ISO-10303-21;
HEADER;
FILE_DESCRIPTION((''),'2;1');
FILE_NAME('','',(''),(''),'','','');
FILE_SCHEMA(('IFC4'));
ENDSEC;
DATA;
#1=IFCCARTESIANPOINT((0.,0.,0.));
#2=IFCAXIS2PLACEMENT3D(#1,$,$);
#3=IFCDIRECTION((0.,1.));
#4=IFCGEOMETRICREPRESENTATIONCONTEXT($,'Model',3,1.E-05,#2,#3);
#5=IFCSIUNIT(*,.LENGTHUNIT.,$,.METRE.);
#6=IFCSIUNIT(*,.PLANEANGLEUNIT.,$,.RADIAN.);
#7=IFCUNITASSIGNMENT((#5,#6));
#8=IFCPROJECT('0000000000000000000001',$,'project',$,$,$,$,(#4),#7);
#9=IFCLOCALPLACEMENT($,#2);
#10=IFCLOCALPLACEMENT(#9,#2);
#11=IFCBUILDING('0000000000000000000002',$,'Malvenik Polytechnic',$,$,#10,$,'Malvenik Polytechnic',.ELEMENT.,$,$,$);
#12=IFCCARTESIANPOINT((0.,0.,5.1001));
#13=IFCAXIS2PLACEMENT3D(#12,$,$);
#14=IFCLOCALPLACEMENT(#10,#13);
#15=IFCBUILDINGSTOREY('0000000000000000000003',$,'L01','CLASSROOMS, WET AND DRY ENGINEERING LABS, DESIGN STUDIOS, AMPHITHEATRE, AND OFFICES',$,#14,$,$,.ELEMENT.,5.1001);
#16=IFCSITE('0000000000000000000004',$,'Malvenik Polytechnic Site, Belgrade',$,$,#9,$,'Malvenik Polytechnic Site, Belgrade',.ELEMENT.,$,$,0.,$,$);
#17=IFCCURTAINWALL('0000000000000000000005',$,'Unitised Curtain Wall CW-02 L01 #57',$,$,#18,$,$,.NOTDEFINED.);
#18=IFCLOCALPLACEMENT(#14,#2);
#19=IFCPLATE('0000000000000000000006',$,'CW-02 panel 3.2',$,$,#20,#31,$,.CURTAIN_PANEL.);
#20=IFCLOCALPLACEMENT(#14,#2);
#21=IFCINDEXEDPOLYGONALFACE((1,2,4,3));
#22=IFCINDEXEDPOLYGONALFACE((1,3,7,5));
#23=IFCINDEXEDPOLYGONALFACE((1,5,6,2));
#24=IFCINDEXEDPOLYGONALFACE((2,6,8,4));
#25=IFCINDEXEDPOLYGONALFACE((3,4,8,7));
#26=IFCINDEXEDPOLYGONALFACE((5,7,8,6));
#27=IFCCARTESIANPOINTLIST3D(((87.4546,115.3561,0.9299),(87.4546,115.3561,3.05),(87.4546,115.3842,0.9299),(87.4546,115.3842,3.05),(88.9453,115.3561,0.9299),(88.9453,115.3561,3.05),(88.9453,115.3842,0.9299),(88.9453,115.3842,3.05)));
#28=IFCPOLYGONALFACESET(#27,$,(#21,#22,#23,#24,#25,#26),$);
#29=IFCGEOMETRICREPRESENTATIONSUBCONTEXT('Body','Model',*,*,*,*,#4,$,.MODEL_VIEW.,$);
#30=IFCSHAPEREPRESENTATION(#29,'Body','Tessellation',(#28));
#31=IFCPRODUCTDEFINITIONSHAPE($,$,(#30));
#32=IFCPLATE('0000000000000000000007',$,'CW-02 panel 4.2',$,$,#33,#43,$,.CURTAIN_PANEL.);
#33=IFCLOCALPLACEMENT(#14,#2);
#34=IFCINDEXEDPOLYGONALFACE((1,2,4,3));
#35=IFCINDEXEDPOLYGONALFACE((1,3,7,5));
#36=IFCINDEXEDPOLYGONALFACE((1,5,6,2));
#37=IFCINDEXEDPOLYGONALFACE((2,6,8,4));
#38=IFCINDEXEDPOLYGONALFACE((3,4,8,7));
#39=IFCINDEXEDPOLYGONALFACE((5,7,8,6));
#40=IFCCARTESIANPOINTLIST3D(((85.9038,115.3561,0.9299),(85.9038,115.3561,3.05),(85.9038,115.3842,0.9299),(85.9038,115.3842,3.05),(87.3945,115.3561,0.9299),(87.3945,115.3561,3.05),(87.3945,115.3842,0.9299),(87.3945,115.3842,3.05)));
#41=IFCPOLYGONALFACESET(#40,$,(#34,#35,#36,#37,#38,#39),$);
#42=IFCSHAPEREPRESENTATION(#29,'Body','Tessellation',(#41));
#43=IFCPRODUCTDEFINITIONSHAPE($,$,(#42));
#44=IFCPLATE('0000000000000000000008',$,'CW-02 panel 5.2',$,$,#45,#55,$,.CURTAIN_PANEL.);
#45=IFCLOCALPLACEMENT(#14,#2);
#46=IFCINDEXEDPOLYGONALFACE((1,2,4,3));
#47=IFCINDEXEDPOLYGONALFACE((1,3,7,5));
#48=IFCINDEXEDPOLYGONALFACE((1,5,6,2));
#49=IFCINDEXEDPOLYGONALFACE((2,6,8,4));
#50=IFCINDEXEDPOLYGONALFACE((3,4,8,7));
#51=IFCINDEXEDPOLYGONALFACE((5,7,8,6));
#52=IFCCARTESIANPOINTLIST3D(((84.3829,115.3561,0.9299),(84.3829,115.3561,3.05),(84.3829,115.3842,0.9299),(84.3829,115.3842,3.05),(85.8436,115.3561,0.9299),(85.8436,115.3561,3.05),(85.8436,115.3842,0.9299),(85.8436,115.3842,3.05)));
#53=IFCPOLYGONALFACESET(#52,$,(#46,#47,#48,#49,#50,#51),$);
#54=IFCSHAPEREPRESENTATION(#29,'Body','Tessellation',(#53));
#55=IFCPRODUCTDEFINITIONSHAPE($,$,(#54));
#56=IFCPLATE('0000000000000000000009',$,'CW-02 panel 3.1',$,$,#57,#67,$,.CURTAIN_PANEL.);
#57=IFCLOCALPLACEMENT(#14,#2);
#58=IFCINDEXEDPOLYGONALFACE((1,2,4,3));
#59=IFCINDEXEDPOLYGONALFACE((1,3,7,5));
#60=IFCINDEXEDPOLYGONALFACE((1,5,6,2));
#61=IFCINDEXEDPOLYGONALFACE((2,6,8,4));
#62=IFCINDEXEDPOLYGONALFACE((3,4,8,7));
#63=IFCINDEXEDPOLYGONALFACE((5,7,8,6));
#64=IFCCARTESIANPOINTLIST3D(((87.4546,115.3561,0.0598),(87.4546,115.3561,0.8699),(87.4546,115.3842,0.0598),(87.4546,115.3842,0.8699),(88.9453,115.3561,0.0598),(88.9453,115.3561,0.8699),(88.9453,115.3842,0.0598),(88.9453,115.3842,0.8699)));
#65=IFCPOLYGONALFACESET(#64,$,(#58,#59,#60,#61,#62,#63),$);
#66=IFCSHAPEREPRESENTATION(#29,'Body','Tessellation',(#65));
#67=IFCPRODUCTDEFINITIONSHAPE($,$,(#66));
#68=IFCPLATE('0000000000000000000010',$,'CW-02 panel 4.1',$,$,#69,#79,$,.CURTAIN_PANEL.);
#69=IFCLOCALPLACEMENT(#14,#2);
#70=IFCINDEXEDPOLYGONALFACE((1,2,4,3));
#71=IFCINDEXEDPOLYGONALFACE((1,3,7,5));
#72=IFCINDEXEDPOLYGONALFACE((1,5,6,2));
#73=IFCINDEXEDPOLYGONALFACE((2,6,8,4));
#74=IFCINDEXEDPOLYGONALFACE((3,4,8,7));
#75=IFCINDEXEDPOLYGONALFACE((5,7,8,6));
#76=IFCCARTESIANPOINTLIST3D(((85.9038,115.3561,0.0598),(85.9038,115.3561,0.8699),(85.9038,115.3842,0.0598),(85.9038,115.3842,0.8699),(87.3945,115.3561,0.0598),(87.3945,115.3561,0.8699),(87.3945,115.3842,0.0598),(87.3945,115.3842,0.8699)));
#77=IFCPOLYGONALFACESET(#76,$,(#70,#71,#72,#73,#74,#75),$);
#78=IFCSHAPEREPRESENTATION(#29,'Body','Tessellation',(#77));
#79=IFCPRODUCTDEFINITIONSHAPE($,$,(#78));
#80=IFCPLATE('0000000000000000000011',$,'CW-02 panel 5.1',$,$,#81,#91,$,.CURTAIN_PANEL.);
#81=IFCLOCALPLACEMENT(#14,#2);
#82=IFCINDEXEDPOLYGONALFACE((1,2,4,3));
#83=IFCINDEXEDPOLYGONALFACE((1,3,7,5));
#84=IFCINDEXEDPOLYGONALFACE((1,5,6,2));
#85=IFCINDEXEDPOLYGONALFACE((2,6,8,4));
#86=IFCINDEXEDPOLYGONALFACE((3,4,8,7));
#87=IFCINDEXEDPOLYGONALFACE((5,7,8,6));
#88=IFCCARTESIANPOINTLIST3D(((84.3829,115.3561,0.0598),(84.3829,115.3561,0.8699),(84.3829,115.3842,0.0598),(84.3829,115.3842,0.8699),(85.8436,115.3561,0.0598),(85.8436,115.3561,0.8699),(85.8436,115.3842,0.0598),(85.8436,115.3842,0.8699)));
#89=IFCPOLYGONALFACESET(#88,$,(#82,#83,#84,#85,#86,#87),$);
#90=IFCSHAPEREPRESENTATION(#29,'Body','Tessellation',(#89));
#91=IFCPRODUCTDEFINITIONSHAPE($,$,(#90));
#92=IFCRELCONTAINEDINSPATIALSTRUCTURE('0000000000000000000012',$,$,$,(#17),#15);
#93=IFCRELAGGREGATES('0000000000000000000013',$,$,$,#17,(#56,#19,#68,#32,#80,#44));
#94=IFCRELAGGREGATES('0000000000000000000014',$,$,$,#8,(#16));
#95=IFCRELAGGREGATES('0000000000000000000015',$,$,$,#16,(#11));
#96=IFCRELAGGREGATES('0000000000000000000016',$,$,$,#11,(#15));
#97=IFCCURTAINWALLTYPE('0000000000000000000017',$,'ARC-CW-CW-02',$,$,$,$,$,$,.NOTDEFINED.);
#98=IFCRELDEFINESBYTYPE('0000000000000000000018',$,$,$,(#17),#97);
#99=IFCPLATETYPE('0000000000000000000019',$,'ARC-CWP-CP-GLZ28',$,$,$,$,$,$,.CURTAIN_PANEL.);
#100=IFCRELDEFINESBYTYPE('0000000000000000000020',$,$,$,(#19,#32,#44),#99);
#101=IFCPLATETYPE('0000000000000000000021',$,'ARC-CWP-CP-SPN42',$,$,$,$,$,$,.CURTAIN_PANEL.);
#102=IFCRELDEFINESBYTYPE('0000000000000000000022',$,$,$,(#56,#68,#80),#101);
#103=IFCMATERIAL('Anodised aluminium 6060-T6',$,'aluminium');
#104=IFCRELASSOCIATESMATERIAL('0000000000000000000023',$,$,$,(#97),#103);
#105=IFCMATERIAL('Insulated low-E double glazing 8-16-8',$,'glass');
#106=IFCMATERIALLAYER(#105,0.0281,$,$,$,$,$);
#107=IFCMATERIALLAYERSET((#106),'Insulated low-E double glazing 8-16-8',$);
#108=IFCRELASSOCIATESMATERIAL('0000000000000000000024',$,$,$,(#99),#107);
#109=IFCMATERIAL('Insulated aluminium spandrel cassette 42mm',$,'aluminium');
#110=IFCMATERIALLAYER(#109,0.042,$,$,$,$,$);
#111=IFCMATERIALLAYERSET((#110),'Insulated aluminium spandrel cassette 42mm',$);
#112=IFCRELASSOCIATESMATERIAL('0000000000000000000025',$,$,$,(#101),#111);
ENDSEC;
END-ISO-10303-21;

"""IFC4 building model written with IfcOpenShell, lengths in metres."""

from ifc_helpers import new_model, si_unit, direction, frame, origin, origin_2d, place, context, subcontext, project, spatial, rectangle, extrude, material, layer, layer_set, type_object, element, aggregate, save


model = new_model("IFC4")

# Units and contexts
model_context = context("Model", 3, precision=1e-05, world=origin(), true_north=direction((0.0, 1.0)))
body_context = subcontext(model_context, "Body", "Model", "MODEL_VIEW")
ifc_project = project(units=[si_unit("LENGTHUNIT", "METRE"), si_unit("PLANEANGLEUNIT", "RADIAN")], contexts=[model_context])

# Site, building, storey
site_placement = place(None, origin())
site = spatial("IfcSite", under=ifc_project, at=site_placement, Name="Malvenik Polytechnic Site, Belgrade", LongName="Malvenik Polytechnic Site, Belgrade", CompositionType="ELEMENT", RefElevation=0.0)
building_placement = place(site_placement, origin())
building = spatial("IfcBuilding", under=site, at=building_placement, Name="Malvenik Polytechnic", LongName="Malvenik Polytechnic", CompositionType="ELEMENT")
storey_placement = place(building_placement, frame((0.0, 0.0, 5.1001)))
storey = spatial("IfcBuildingStorey", under=building, at=storey_placement, Name="L01", Description="CLASSROOMS, WET AND DRY ENGINEERING LABS, DESIGN STUDIOS, AMPHITHEATRE, AND OFFICES", CompositionType="ELEMENT", Elevation=5.1001)

# Curtain wall
ifc_material_1 = material(Name="Anodised aluminium 6060-T6", Category="aluminium")
curtain_wall_type = type_object("IfcCurtainWallType", Name="ARC-CW-CW-02", PredefinedType="NOTDEFINED", material=ifc_material_1)
curtain_wall_placement = place(storey_placement, origin())
curtain_wall = element("IfcCurtainWall", 1, at=curtain_wall_placement, inside=storey, type_object=curtain_wall_type, Name="Unitised Curtain Wall CW-02 L01 #57", PredefinedType="NOTDEFINED")

# Plates
ifc_material_2 = material(Name="Insulated low-E double glazing 8-16-8", Category="glass")
ifc_layer_1 = layer(ifc_material_2, 0.0281)
ifc_layer_set_1 = layer_set([ifc_layer_1], Name="Insulated low-E double glazing 8-16-8")
plate_type_1 = type_object("IfcPlateType", Name="ARC-CWP-CP-GLZ28", PredefinedType="CURTAIN_PANEL", material=ifc_layer_set_1)
plate_1_placement = place(storey_placement, frame((88.2, 115.3701, 0.9299), z_axis=(0.0, 0.0, 1.0), x_axis=(-1.0, 0.0, 0.0)))
plate_1 = element("IfcPlate", 2, at=plate_1_placement, type_object=plate_type_1, Name="CW-02 panel 3.2", PredefinedType="CURTAIN_PANEL", context=body_context, shape_type="SweptSolid", body=[
    extrude(rectangle(XDim=1.4907, YDim=0.0281, at=origin_2d()), origin(), (0.0, 0.0, 1.0), 2.1201),
])
plate_2_placement = place(storey_placement, frame((86.6492, 115.3701, 0.9299), z_axis=(0.0, 0.0, 1.0), x_axis=(-1.0, 0.0, 0.0)))
plate_2 = element("IfcPlate", 3, at=plate_2_placement, type_object=plate_type_1, Name="CW-02 panel 4.2", PredefinedType="CURTAIN_PANEL", context=body_context, shape_type="SweptSolid", body=[
    extrude(rectangle(XDim=1.4907, YDim=0.0281, at=origin_2d()), origin(), (0.0, 0.0, 1.0), 2.1201),
])
plate_3_placement = place(storey_placement, frame((85.1133, 115.3701, 0.9299), z_axis=(0.0, 0.0, 1.0), x_axis=(-1.0, 0.0, 0.0)))
plate_3 = element("IfcPlate", 4, at=plate_3_placement, type_object=plate_type_1, Name="CW-02 panel 5.2", PredefinedType="CURTAIN_PANEL", context=body_context, shape_type="SweptSolid", body=[
    extrude(rectangle(XDim=1.4607, YDim=0.0281, at=origin_2d()), origin(), (0.0, 0.0, 1.0), 2.1201),
])
ifc_material_3 = material(Name="Insulated aluminium spandrel cassette 42mm", Category="aluminium")
ifc_layer_2 = layer(ifc_material_3, 0.042)
ifc_layer_set_2 = layer_set([ifc_layer_2], Name="Insulated aluminium spandrel cassette 42mm")
plate_type_2 = type_object("IfcPlateType", Name="ARC-CWP-CP-SPN42", PredefinedType="CURTAIN_PANEL", material=ifc_layer_set_2)
plate_4_placement = place(storey_placement, frame((88.2, 115.3701, 0.0598), z_axis=(0.0, 0.0, 1.0), x_axis=(-1.0, 0.0, 0.0)))
plate_4 = element("IfcPlate", 5, at=plate_4_placement, type_object=plate_type_2, Name="CW-02 panel 3.1", PredefinedType="CURTAIN_PANEL", context=body_context, shape_type="SweptSolid", body=[
    extrude(rectangle(XDim=1.4907, YDim=0.0281, at=origin_2d()), origin(), (0.0, 0.0, 1.0), 0.8101),
])
plate_5_placement = place(storey_placement, frame((86.6492, 115.3701, 0.0598), z_axis=(0.0, 0.0, 1.0), x_axis=(-1.0, 0.0, 0.0)))
plate_5 = element("IfcPlate", 6, at=plate_5_placement, type_object=plate_type_2, Name="CW-02 panel 4.1", PredefinedType="CURTAIN_PANEL", context=body_context, shape_type="SweptSolid", body=[
    extrude(rectangle(XDim=1.4907, YDim=0.0281, at=origin_2d()), origin(), (0.0, 0.0, 1.0), 0.8101),
])
plate_6_placement = place(storey_placement, frame((85.1133, 115.3701, 0.0598), z_axis=(0.0, 0.0, 1.0), x_axis=(-1.0, 0.0, 0.0)))
plate_6 = element("IfcPlate", 7, at=plate_6_placement, type_object=plate_type_2, Name="CW-02 panel 5.1", PredefinedType="CURTAIN_PANEL", context=body_context, shape_type="SweptSolid", body=[
    extrude(rectangle(XDim=1.4607, YDim=0.0281, at=origin_2d()), origin(), (0.0, 0.0, 1.0), 0.8101),
])
aggregate(curtain_wall, [plate_4, plate_1, plate_5, plate_2, plate_6, plate_3])

save(model, "model.ifc")
